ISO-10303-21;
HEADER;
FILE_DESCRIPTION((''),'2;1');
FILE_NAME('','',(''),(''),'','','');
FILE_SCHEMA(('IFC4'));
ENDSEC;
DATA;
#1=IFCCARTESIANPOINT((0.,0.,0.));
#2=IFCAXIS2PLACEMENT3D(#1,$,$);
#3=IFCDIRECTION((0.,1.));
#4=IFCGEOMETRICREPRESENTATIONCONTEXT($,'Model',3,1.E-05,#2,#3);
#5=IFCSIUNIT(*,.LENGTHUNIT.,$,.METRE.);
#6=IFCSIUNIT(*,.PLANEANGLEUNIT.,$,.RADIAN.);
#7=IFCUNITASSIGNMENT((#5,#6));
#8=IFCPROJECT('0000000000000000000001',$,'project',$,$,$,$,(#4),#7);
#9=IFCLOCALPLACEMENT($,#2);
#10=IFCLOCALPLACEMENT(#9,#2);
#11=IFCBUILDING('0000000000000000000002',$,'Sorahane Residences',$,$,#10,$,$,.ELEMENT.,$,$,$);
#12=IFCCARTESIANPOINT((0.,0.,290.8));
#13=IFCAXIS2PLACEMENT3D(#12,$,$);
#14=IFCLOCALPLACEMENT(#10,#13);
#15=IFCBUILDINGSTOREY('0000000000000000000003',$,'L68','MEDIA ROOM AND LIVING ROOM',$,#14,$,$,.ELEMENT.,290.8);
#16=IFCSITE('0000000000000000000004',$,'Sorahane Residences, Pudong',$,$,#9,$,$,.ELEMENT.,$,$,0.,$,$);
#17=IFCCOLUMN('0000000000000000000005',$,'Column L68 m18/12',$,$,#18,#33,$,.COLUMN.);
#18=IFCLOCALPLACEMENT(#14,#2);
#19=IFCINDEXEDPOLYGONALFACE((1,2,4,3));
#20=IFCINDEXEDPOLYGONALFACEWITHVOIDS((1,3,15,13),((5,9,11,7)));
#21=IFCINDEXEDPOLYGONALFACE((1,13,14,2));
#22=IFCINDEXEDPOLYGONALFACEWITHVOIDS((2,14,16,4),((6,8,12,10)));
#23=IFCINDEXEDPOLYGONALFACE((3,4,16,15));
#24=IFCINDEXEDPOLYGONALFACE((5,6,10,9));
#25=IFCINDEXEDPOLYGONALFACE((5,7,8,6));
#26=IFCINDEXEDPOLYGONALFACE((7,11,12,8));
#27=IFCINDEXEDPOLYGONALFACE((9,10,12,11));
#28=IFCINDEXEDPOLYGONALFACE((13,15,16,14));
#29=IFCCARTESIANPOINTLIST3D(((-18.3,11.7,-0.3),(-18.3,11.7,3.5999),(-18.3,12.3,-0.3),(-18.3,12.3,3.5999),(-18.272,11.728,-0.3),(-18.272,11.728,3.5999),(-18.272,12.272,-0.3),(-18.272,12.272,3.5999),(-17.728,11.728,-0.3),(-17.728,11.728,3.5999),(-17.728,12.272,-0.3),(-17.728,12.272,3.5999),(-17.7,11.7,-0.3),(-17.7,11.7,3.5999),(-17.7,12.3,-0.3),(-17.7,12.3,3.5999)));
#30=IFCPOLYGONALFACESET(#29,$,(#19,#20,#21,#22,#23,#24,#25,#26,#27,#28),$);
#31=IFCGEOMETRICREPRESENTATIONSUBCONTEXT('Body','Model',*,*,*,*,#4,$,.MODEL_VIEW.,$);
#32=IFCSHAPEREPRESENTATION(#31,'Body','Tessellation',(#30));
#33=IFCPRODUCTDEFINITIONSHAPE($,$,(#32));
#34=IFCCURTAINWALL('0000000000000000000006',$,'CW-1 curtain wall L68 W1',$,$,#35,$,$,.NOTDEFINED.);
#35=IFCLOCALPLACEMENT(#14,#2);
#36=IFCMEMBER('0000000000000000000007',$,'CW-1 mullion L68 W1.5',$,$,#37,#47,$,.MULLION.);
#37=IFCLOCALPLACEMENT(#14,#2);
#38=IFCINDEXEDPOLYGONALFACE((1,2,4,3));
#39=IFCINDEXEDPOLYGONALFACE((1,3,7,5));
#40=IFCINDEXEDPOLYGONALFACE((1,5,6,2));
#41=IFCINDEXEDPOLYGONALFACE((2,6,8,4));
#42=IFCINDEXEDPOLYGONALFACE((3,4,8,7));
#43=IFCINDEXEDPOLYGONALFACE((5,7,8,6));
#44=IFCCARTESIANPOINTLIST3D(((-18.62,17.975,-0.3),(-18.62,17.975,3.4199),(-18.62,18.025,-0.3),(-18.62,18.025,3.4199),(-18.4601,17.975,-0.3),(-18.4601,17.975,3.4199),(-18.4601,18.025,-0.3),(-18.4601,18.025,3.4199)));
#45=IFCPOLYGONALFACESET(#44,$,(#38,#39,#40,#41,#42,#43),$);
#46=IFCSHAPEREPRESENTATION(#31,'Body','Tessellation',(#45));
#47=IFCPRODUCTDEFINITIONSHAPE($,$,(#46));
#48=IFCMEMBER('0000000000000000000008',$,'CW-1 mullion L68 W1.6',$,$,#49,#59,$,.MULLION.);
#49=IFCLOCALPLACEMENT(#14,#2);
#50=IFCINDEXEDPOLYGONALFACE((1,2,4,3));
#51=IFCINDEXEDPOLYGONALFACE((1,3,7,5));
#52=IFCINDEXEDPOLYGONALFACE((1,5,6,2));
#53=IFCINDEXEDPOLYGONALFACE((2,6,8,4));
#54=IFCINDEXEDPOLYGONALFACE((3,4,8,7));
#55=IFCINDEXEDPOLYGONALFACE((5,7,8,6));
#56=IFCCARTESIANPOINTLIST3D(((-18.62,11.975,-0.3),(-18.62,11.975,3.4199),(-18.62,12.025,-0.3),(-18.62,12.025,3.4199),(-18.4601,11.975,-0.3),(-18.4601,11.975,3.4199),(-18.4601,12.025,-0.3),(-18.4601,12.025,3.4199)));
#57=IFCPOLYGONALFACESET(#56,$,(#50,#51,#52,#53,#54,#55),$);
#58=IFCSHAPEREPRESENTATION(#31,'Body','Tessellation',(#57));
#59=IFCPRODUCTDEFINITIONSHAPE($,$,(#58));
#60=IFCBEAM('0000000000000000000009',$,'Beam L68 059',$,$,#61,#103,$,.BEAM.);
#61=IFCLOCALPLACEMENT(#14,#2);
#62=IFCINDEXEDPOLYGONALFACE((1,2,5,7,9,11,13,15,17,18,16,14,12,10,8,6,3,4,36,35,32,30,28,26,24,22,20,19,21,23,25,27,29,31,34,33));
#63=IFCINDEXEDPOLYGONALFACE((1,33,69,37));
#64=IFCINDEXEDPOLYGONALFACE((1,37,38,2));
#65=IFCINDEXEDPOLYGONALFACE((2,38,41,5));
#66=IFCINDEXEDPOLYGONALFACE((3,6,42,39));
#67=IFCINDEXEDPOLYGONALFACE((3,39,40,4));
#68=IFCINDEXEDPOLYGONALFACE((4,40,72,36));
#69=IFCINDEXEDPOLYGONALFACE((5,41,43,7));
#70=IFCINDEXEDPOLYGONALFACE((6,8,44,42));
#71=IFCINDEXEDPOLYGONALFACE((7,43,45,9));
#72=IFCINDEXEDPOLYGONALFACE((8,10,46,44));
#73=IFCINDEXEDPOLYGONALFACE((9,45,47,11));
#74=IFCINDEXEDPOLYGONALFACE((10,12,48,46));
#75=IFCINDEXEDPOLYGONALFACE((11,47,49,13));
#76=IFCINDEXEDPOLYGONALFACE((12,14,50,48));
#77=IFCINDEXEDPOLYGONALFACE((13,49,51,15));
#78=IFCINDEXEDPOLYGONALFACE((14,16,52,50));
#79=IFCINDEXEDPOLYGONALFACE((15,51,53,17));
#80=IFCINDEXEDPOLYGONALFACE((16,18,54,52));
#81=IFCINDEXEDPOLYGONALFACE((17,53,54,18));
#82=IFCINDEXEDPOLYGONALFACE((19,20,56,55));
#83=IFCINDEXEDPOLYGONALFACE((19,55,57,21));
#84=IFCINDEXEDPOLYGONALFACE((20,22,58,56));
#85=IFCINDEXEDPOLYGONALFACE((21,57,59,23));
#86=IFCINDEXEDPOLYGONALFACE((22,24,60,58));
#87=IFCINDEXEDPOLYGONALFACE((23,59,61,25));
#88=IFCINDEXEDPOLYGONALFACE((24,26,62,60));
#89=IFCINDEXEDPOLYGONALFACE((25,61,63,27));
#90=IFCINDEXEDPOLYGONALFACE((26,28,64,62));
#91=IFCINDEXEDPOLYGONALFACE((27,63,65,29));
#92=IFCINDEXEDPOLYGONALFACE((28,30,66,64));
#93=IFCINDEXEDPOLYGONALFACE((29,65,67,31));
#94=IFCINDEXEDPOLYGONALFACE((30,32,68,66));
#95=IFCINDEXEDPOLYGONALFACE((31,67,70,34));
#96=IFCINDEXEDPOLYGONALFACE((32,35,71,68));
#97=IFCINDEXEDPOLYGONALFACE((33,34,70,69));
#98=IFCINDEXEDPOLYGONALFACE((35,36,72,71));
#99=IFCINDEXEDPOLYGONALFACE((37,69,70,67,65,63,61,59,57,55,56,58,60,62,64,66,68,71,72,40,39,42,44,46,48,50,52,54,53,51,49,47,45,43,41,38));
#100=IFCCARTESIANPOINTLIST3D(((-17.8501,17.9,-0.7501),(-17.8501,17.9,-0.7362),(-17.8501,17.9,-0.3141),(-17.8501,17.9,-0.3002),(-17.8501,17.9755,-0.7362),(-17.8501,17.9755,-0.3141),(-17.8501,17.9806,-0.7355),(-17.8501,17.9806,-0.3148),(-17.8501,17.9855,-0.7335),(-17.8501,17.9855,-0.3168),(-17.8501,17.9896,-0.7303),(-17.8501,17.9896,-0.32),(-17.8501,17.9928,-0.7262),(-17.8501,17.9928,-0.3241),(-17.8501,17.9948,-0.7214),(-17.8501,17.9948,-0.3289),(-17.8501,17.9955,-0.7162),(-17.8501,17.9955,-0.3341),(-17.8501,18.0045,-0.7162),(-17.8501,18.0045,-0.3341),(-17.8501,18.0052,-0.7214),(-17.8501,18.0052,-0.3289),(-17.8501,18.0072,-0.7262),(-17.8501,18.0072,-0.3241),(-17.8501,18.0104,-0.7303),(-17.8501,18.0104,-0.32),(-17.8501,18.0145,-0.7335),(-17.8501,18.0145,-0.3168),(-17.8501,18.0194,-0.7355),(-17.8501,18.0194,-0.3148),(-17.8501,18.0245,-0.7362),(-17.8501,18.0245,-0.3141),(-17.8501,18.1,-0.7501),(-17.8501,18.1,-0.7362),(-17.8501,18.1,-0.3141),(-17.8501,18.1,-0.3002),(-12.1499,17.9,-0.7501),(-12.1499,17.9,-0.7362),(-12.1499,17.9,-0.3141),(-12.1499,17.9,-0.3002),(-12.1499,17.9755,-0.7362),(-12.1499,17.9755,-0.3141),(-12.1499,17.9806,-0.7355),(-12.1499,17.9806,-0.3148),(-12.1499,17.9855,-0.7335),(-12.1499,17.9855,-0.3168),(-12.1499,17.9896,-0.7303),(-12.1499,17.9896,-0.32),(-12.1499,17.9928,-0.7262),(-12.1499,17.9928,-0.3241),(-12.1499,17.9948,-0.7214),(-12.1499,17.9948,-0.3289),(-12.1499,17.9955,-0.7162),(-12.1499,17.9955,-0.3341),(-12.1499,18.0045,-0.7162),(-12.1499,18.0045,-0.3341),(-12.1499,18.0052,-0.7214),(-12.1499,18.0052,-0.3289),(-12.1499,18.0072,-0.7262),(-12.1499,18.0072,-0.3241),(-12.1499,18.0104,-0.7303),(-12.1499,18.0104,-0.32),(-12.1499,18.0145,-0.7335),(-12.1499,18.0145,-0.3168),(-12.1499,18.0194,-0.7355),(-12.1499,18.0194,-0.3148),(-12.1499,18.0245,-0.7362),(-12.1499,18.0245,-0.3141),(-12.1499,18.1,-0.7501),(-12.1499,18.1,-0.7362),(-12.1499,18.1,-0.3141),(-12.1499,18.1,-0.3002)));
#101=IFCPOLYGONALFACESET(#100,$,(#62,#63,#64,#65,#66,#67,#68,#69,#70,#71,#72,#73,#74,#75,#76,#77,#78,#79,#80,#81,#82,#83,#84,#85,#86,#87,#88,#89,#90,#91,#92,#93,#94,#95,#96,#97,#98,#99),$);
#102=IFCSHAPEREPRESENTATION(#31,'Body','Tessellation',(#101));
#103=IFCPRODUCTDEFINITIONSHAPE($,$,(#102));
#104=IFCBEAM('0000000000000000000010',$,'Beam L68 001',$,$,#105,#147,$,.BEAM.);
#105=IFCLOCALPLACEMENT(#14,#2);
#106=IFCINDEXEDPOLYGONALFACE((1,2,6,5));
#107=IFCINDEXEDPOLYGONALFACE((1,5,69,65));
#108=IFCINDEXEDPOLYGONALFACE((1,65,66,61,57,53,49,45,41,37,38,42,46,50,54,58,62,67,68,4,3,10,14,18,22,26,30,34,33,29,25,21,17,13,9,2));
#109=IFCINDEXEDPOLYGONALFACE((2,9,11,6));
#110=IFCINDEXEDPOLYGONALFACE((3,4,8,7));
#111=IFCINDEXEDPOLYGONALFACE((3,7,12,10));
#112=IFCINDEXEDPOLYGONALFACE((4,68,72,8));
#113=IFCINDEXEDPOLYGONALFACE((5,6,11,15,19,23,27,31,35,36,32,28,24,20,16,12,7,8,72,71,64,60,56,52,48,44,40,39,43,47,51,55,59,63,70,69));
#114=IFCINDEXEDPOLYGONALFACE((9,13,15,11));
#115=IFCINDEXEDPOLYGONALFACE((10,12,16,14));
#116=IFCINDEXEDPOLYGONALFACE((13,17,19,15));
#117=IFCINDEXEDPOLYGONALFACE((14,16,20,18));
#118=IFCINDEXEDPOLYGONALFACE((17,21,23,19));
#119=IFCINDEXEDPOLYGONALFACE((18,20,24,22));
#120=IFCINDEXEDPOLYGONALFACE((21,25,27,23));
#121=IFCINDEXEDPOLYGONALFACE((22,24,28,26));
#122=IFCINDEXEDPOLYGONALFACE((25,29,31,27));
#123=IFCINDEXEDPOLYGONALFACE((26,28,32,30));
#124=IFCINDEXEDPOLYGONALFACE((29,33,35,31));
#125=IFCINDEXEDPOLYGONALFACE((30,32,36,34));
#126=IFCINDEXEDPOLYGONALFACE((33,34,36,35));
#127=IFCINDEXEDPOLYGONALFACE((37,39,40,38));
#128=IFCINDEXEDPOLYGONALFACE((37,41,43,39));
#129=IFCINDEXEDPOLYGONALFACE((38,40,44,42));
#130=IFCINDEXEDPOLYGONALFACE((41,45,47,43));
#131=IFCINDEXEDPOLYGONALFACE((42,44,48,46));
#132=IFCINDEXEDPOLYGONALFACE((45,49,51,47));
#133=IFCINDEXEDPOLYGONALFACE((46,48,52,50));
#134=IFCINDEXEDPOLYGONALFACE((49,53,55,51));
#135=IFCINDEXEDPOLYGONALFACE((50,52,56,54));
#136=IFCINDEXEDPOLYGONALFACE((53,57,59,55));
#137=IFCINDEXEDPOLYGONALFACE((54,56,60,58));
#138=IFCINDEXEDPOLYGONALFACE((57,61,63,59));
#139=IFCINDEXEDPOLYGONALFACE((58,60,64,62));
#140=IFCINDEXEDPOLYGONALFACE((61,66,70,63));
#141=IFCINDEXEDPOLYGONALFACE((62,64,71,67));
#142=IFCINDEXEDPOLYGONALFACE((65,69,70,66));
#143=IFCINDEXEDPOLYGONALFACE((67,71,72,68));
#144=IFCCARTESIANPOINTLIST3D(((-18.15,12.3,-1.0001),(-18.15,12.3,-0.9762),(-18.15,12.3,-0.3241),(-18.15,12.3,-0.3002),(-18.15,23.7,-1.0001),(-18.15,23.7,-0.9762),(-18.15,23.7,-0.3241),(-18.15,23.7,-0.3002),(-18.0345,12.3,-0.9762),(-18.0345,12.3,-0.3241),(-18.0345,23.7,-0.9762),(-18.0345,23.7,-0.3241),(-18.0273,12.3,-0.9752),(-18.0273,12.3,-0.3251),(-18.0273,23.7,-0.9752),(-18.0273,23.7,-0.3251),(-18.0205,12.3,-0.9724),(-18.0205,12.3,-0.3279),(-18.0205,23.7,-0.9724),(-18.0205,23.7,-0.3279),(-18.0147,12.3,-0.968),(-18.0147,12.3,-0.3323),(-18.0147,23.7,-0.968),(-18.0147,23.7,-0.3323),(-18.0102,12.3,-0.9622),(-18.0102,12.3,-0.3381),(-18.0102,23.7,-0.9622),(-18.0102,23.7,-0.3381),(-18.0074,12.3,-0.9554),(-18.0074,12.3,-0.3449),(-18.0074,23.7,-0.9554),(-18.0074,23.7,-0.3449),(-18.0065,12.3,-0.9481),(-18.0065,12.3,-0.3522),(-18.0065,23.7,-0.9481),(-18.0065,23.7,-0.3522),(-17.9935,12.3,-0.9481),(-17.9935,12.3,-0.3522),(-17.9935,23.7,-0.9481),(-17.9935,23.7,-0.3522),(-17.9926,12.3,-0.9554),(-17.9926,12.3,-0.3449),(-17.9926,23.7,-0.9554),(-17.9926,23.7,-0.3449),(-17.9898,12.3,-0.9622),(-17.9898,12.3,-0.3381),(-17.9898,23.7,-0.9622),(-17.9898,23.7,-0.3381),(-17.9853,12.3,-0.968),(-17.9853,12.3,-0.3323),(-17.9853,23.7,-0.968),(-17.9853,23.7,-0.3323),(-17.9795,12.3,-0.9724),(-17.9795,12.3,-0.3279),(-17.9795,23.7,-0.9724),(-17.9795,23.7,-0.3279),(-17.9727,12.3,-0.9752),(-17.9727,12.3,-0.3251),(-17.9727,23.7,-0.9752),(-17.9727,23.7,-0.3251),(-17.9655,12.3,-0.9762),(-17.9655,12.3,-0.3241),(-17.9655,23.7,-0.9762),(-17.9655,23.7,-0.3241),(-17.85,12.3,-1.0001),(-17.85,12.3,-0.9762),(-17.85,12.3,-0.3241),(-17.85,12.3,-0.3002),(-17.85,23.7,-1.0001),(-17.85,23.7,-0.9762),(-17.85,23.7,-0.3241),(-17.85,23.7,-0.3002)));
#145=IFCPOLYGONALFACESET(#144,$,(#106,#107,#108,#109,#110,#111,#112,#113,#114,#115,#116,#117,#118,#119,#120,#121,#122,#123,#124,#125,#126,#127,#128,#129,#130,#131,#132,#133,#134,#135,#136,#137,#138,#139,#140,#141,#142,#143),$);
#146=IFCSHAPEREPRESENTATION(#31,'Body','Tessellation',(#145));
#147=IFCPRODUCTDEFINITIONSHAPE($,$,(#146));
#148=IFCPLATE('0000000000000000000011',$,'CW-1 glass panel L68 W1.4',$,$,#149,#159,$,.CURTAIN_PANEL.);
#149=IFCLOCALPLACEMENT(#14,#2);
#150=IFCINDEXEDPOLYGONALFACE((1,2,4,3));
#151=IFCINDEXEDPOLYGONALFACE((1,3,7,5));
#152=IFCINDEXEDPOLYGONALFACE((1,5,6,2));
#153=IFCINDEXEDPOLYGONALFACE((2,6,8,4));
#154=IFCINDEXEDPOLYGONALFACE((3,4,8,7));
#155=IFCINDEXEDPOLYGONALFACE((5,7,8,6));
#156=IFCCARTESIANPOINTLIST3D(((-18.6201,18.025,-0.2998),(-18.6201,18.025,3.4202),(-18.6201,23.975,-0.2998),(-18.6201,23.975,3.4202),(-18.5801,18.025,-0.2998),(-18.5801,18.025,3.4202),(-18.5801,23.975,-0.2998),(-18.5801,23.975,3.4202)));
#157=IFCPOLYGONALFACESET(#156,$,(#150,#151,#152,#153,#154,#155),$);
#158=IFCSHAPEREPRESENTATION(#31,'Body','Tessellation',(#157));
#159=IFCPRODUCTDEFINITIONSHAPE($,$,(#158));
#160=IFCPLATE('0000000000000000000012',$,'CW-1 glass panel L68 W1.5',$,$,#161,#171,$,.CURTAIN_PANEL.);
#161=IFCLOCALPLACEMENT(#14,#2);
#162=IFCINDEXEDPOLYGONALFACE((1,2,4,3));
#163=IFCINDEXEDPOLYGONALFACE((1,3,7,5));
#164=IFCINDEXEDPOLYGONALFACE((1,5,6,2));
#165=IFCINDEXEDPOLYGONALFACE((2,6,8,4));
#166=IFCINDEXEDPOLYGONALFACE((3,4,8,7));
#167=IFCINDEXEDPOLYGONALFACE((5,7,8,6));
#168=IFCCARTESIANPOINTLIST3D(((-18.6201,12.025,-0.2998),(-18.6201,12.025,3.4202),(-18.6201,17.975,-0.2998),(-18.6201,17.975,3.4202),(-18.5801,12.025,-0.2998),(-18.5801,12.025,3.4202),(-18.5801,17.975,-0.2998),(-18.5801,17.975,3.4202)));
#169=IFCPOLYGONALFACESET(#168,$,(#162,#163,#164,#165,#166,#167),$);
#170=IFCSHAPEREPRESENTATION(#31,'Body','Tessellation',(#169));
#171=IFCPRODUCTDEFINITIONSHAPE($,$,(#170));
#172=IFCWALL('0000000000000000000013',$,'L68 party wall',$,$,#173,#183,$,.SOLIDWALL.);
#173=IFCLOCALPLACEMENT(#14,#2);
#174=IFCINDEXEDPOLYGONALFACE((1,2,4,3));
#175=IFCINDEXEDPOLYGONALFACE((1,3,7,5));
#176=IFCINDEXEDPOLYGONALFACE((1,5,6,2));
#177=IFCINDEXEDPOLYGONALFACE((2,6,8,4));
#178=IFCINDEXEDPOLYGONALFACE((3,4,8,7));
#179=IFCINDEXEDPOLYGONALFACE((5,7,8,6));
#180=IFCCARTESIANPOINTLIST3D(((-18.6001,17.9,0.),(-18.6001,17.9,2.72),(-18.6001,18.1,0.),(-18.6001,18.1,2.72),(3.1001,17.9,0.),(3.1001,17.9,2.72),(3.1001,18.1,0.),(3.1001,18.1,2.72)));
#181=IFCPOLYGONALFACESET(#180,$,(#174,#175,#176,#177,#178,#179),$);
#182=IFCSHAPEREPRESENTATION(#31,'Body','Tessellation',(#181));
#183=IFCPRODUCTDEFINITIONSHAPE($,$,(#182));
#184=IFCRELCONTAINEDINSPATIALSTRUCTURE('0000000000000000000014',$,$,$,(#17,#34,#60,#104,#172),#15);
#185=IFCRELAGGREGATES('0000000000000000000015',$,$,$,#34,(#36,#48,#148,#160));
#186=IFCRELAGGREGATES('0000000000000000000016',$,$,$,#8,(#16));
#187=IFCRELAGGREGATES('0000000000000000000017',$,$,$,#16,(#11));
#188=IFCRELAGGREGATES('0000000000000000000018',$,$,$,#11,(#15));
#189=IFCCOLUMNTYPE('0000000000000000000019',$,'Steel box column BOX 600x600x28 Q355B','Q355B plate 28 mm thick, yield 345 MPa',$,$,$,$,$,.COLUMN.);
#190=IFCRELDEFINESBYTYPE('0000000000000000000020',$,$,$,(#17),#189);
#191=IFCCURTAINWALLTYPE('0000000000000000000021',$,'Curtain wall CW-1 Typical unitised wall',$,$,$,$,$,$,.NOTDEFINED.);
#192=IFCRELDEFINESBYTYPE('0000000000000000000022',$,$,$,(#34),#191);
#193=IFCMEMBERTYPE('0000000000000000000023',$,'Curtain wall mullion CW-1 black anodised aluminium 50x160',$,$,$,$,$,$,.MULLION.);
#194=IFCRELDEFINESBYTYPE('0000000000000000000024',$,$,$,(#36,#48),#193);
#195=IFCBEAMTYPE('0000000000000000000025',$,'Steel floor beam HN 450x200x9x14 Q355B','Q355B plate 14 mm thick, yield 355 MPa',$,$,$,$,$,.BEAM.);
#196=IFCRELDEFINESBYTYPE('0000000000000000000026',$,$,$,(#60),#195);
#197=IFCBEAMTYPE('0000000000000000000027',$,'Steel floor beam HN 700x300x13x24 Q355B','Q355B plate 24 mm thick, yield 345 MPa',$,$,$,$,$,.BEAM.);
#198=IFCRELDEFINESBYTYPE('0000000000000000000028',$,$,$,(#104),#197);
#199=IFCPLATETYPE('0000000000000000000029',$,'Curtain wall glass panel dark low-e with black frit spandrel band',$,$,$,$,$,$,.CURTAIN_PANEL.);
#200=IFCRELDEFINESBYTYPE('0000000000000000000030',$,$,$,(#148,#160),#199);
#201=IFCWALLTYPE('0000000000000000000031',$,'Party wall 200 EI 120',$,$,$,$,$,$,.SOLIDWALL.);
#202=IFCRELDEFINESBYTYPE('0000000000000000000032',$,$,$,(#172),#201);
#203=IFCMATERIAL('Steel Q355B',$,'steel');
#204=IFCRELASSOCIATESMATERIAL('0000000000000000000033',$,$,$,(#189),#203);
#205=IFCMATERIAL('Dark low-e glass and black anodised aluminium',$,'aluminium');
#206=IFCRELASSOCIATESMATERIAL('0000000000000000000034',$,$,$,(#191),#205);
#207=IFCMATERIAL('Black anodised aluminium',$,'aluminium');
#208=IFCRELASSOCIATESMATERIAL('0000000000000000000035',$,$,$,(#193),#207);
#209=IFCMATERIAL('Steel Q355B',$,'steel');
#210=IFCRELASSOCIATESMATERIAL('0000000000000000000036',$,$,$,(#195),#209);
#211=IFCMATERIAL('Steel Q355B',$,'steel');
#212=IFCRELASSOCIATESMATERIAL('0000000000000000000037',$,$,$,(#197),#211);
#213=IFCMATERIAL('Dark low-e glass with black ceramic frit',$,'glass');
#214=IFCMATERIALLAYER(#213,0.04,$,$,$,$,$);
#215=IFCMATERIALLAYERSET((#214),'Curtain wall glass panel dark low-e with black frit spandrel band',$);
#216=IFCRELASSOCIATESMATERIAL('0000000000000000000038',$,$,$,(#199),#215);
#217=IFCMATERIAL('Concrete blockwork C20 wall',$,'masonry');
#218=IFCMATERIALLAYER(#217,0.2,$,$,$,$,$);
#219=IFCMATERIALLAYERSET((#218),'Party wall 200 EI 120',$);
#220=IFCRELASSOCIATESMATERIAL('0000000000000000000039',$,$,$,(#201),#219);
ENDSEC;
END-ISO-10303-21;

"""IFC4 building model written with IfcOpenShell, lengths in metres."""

from ifc_helpers import new_model, si_unit, direction, frame, frame_2d, origin, origin_2d, place, context, subcontext, project, spatial, rectangle, hollow_rectangle, i_section, extrude, material, layer, layer_set, material_profile, profile_set, type_object, element, aggregate, save


model = new_model("IFC4")

# Units and contexts
model_context = context("Model", 3, precision=1e-05, world=origin(), true_north=direction((0.0, 1.0)))
body_context = subcontext(model_context, "Body", "Model", "MODEL_VIEW")
ifc_project = project(units=[si_unit("LENGTHUNIT", "METRE"), si_unit("PLANEANGLEUNIT", "RADIAN")], contexts=[model_context])

# Site, building, storey
site_placement = place(None, origin())
site = spatial("IfcSite", under=ifc_project, at=site_placement, Name="Sorahane Residences, Pudong", CompositionType="ELEMENT", RefElevation=0.0)
building_placement = place(site_placement, origin())
building = spatial("IfcBuilding", under=site, at=building_placement, Name="Sorahane Residences", CompositionType="ELEMENT")
storey_placement = place(building_placement, frame((0.0, 0.0, 290.8)))
storey = spatial("IfcBuildingStorey", under=building, at=storey_placement, Name="L68", Description="MEDIA ROOM AND LIVING ROOM", CompositionType="ELEMENT", Elevation=290.8)

# Column
ifc_material_1 = material(Name="Steel Q355B", Category="steel")
ifc_material_profile_1 = material_profile(ifc_material_1, hollow_rectangle(XDim=0.6001, YDim=0.6001, WallThickness=0.0281, at=origin_2d()), Name="BOX 600x600x28")
ifc_profile_set_1 = profile_set([ifc_material_profile_1], Name="Steel Q355B")
column_type = type_object("IfcColumnType", Name="Steel box column BOX 600x600x28 Q355B", Description="Q355B plate 28 mm thick, yield 345 MPa", PredefinedType="COLUMN", material=ifc_profile_set_1)
column_placement = place(storey_placement, frame((-18.0, 12.0, -0.3), z_axis=(0.0, 0.0, 1.0), x_axis=(1.0, 0.0, 0.0)))
element("IfcColumn", 1, at=column_placement, inside=storey, type_object=column_type, Name="Column L68 m18/12", PredefinedType="COLUMN", context=body_context, shape_type="SweptSolid", body=[
    extrude(hollow_rectangle(XDim=0.6001, YDim=0.6001, WallThickness=0.0281, at=origin_2d()), origin(), (0.0, 0.0, 1.0), 3.8999),
])

# Curtain wall, members
ifc_material_2 = material(Name="Dark low-e glass and black anodised aluminium", Category="aluminium")
curtain_wall_type = type_object("IfcCurtainWallType", Name="Curtain wall CW-1 Typical unitised wall", PredefinedType="NOTDEFINED", material=ifc_material_2)
curtain_wall_placement = place(storey_placement, origin())
curtain_wall = element("IfcCurtainWall", 2, at=curtain_wall_placement, inside=storey, type_object=curtain_wall_type, Name="CW-1 curtain wall L68 W1", PredefinedType="NOTDEFINED")
ifc_material_3 = material(Name="Black anodised aluminium", Category="aluminium")
ifc_material_profile_2 = material_profile(ifc_material_3, rectangle(XDim=0.1599, YDim=0.05, at=origin_2d()), Name="Curtain wall mullion CW-1 black anodised aluminium 50x160")
ifc_profile_set_2 = profile_set([ifc_material_profile_2], Name="Black anodised aluminium")
member_type = type_object("IfcMemberType", Name="Curtain wall mullion CW-1 black anodised aluminium 50x160", PredefinedType="MULLION", material=ifc_profile_set_2)
member_1_placement = place(storey_placement, frame((-18.54, 18.0, -0.3), z_axis=(0.0, 0.0, 1.0), x_axis=(-1.0, 0.0, 0.0)))
member_1 = element("IfcMember", 3, at=member_1_placement, type_object=member_type, Name="CW-1 mullion L68 W1.5", PredefinedType="MULLION", context=body_context, shape_type="SweptSolid", body=[
    extrude(rectangle(XDim=0.1599, YDim=0.05, at=origin_2d()), origin(), (0.0, 0.0, 1.0), 3.72),
])
member_2_placement = place(storey_placement, frame((-18.54, 12.0, -0.3), z_axis=(0.0, 0.0, 1.0), x_axis=(-1.0, 0.0, 0.0)))
member_2 = element("IfcMember", 4, at=member_2_placement, type_object=member_type, Name="CW-1 mullion L68 W1.6", PredefinedType="MULLION", context=body_context, shape_type="SweptSolid", body=[
    extrude(rectangle(XDim=0.1599, YDim=0.05, at=origin_2d()), origin(), (0.0, 0.0, 1.0), 3.72),
])

# Beams
ifc_material_4 = material(Name="Steel Q355B", Category="steel")
ifc_material_profile_3 = material_profile(ifc_material_4, i_section(OverallWidth=0.2, OverallDepth=0.45, WebThickness=0.009, FlangeThickness=0.0139, FilletRadius=0.02, at=origin_2d()), Name="HN 450x200x9x14")
ifc_profile_set_3 = profile_set([ifc_material_profile_3], Name="Steel Q355B")
beam_type_1 = type_object("IfcBeamType", Name="Steel floor beam HN 450x200x9x14 Q355B", Description="Q355B plate 14 mm thick, yield 355 MPa", PredefinedType="BEAM", material=ifc_profile_set_3)
beam_1_placement = place(storey_placement, frame((-17.8501, 18.0, -0.5251), z_axis=(1.0, 0.0, 0.0), x_axis=(0.0, 1.0, 0.0)))
element("IfcBeam", 5, at=beam_1_placement, inside=storey, type_object=beam_type_1, Name="Beam L68 059", PredefinedType="BEAM", context=body_context, shape_type="SweptSolid", body=[
    extrude(i_section(OverallWidth=0.2, OverallDepth=0.45, WebThickness=0.009, FlangeThickness=0.0139, FilletRadius=0.02, at=origin_2d()), origin(), (0.0, 0.0, 1.0), 5.7002),
])
ifc_material_5 = material(Name="Steel Q355B", Category="steel")
ifc_material_profile_4 = material_profile(ifc_material_5, i_section(OverallWidth=0.3, OverallDepth=0.7, WebThickness=0.0129, FlangeThickness=0.0239, FilletRadius=0.0281, at=origin_2d()), Name="HN 700x300x13x24")
ifc_profile_set_4 = profile_set([ifc_material_profile_4], Name="Steel Q355B")
beam_type_2 = type_object("IfcBeamType", Name="Steel floor beam HN 700x300x13x24 Q355B", Description="Q355B plate 24 mm thick, yield 345 MPa", PredefinedType="BEAM", material=ifc_profile_set_4)
beam_2_placement = place(storey_placement, frame((-18.0, 12.3, -0.6501), z_axis=(0.0, 1.0, 0.0), x_axis=(-1.0, 0.0, 0.0)))
element("IfcBeam", 6, at=beam_2_placement, inside=storey, type_object=beam_type_2, Name="Beam L68 001", PredefinedType="BEAM", context=body_context, shape_type="SweptSolid", body=[
    extrude(i_section(OverallWidth=0.3, OverallDepth=0.7, WebThickness=0.0129, FlangeThickness=0.0239, FilletRadius=0.0281, at=origin_2d()), origin(), (0.0, 0.0, 1.0), 11.3999),
])

# Plates
ifc_material_6 = material(Name="Dark low-e glass with black ceramic frit", Category="glass")
ifc_layer_1 = layer(ifc_material_6, 0.04)
ifc_layer_set_1 = layer_set([ifc_layer_1], Name="Curtain wall glass panel dark low-e with black frit spandrel band")
plate_type = type_object("IfcPlateType", Name="Curtain wall glass panel dark low-e with black frit spandrel band", PredefinedType="CURTAIN_PANEL", material=ifc_layer_set_1)
plate_1_placement = place(storey_placement, frame((-18.6001, 21.0, -0.2998), z_axis=(0.0, 0.0, 1.0), x_axis=(0.0, -1.0, 0.0)))
plate_1 = element("IfcPlate", 7, at=plate_1_placement, type_object=plate_type, Name="CW-1 glass panel L68 W1.4", PredefinedType="CURTAIN_PANEL", context=body_context, shape_type="SweptSolid", body=[
    extrude(rectangle(XDim=5.95, YDim=0.04, at=origin_2d()), origin(), (0.0, 0.0, 1.0), 3.72),
])
plate_2_placement = place(storey_placement, frame((-18.6001, 15.0, -0.2998), z_axis=(0.0, 0.0, 1.0), x_axis=(0.0, -1.0, 0.0)))
plate_2 = element("IfcPlate", 8, at=plate_2_placement, type_object=plate_type, Name="CW-1 glass panel L68 W1.5", PredefinedType="CURTAIN_PANEL", context=body_context, shape_type="SweptSolid", body=[
    extrude(rectangle(XDim=5.95, YDim=0.04, at=origin_2d()), origin(), (0.0, 0.0, 1.0), 3.72),
])
aggregate(curtain_wall, [member_1, member_2, plate_1, plate_2])

# Wall
ifc_material_7 = material(Name="Concrete blockwork C20 wall", Category="masonry")
ifc_layer_2 = layer(ifc_material_7, 0.2)
ifc_layer_set_2 = layer_set([ifc_layer_2], Name="Party wall 200 EI 120")
wall_type_1 = type_object("IfcWallType", Name="Party wall 200 EI 120", PredefinedType="SOLIDWALL", material=ifc_layer_set_2)
wall_1_placement = place(storey_placement, frame((-18.6001, 18.0, 0.0), z_axis=(0.0, 0.0, 1.0), x_axis=(1.0, 0.0, 0.0)))
element("IfcWall", 9, at=wall_1_placement, inside=storey, type_object=wall_type_1, Name="L68 party wall", PredefinedType="SOLIDWALL", context=body_context, shape_type="SweptSolid", body=[
    extrude(rectangle(XDim=21.7002, YDim=0.2, at=frame_2d((10.8501, 0.0))), origin(), (0.0, 0.0, 1.0), 2.72),
])

save(model, "model.ifc")
